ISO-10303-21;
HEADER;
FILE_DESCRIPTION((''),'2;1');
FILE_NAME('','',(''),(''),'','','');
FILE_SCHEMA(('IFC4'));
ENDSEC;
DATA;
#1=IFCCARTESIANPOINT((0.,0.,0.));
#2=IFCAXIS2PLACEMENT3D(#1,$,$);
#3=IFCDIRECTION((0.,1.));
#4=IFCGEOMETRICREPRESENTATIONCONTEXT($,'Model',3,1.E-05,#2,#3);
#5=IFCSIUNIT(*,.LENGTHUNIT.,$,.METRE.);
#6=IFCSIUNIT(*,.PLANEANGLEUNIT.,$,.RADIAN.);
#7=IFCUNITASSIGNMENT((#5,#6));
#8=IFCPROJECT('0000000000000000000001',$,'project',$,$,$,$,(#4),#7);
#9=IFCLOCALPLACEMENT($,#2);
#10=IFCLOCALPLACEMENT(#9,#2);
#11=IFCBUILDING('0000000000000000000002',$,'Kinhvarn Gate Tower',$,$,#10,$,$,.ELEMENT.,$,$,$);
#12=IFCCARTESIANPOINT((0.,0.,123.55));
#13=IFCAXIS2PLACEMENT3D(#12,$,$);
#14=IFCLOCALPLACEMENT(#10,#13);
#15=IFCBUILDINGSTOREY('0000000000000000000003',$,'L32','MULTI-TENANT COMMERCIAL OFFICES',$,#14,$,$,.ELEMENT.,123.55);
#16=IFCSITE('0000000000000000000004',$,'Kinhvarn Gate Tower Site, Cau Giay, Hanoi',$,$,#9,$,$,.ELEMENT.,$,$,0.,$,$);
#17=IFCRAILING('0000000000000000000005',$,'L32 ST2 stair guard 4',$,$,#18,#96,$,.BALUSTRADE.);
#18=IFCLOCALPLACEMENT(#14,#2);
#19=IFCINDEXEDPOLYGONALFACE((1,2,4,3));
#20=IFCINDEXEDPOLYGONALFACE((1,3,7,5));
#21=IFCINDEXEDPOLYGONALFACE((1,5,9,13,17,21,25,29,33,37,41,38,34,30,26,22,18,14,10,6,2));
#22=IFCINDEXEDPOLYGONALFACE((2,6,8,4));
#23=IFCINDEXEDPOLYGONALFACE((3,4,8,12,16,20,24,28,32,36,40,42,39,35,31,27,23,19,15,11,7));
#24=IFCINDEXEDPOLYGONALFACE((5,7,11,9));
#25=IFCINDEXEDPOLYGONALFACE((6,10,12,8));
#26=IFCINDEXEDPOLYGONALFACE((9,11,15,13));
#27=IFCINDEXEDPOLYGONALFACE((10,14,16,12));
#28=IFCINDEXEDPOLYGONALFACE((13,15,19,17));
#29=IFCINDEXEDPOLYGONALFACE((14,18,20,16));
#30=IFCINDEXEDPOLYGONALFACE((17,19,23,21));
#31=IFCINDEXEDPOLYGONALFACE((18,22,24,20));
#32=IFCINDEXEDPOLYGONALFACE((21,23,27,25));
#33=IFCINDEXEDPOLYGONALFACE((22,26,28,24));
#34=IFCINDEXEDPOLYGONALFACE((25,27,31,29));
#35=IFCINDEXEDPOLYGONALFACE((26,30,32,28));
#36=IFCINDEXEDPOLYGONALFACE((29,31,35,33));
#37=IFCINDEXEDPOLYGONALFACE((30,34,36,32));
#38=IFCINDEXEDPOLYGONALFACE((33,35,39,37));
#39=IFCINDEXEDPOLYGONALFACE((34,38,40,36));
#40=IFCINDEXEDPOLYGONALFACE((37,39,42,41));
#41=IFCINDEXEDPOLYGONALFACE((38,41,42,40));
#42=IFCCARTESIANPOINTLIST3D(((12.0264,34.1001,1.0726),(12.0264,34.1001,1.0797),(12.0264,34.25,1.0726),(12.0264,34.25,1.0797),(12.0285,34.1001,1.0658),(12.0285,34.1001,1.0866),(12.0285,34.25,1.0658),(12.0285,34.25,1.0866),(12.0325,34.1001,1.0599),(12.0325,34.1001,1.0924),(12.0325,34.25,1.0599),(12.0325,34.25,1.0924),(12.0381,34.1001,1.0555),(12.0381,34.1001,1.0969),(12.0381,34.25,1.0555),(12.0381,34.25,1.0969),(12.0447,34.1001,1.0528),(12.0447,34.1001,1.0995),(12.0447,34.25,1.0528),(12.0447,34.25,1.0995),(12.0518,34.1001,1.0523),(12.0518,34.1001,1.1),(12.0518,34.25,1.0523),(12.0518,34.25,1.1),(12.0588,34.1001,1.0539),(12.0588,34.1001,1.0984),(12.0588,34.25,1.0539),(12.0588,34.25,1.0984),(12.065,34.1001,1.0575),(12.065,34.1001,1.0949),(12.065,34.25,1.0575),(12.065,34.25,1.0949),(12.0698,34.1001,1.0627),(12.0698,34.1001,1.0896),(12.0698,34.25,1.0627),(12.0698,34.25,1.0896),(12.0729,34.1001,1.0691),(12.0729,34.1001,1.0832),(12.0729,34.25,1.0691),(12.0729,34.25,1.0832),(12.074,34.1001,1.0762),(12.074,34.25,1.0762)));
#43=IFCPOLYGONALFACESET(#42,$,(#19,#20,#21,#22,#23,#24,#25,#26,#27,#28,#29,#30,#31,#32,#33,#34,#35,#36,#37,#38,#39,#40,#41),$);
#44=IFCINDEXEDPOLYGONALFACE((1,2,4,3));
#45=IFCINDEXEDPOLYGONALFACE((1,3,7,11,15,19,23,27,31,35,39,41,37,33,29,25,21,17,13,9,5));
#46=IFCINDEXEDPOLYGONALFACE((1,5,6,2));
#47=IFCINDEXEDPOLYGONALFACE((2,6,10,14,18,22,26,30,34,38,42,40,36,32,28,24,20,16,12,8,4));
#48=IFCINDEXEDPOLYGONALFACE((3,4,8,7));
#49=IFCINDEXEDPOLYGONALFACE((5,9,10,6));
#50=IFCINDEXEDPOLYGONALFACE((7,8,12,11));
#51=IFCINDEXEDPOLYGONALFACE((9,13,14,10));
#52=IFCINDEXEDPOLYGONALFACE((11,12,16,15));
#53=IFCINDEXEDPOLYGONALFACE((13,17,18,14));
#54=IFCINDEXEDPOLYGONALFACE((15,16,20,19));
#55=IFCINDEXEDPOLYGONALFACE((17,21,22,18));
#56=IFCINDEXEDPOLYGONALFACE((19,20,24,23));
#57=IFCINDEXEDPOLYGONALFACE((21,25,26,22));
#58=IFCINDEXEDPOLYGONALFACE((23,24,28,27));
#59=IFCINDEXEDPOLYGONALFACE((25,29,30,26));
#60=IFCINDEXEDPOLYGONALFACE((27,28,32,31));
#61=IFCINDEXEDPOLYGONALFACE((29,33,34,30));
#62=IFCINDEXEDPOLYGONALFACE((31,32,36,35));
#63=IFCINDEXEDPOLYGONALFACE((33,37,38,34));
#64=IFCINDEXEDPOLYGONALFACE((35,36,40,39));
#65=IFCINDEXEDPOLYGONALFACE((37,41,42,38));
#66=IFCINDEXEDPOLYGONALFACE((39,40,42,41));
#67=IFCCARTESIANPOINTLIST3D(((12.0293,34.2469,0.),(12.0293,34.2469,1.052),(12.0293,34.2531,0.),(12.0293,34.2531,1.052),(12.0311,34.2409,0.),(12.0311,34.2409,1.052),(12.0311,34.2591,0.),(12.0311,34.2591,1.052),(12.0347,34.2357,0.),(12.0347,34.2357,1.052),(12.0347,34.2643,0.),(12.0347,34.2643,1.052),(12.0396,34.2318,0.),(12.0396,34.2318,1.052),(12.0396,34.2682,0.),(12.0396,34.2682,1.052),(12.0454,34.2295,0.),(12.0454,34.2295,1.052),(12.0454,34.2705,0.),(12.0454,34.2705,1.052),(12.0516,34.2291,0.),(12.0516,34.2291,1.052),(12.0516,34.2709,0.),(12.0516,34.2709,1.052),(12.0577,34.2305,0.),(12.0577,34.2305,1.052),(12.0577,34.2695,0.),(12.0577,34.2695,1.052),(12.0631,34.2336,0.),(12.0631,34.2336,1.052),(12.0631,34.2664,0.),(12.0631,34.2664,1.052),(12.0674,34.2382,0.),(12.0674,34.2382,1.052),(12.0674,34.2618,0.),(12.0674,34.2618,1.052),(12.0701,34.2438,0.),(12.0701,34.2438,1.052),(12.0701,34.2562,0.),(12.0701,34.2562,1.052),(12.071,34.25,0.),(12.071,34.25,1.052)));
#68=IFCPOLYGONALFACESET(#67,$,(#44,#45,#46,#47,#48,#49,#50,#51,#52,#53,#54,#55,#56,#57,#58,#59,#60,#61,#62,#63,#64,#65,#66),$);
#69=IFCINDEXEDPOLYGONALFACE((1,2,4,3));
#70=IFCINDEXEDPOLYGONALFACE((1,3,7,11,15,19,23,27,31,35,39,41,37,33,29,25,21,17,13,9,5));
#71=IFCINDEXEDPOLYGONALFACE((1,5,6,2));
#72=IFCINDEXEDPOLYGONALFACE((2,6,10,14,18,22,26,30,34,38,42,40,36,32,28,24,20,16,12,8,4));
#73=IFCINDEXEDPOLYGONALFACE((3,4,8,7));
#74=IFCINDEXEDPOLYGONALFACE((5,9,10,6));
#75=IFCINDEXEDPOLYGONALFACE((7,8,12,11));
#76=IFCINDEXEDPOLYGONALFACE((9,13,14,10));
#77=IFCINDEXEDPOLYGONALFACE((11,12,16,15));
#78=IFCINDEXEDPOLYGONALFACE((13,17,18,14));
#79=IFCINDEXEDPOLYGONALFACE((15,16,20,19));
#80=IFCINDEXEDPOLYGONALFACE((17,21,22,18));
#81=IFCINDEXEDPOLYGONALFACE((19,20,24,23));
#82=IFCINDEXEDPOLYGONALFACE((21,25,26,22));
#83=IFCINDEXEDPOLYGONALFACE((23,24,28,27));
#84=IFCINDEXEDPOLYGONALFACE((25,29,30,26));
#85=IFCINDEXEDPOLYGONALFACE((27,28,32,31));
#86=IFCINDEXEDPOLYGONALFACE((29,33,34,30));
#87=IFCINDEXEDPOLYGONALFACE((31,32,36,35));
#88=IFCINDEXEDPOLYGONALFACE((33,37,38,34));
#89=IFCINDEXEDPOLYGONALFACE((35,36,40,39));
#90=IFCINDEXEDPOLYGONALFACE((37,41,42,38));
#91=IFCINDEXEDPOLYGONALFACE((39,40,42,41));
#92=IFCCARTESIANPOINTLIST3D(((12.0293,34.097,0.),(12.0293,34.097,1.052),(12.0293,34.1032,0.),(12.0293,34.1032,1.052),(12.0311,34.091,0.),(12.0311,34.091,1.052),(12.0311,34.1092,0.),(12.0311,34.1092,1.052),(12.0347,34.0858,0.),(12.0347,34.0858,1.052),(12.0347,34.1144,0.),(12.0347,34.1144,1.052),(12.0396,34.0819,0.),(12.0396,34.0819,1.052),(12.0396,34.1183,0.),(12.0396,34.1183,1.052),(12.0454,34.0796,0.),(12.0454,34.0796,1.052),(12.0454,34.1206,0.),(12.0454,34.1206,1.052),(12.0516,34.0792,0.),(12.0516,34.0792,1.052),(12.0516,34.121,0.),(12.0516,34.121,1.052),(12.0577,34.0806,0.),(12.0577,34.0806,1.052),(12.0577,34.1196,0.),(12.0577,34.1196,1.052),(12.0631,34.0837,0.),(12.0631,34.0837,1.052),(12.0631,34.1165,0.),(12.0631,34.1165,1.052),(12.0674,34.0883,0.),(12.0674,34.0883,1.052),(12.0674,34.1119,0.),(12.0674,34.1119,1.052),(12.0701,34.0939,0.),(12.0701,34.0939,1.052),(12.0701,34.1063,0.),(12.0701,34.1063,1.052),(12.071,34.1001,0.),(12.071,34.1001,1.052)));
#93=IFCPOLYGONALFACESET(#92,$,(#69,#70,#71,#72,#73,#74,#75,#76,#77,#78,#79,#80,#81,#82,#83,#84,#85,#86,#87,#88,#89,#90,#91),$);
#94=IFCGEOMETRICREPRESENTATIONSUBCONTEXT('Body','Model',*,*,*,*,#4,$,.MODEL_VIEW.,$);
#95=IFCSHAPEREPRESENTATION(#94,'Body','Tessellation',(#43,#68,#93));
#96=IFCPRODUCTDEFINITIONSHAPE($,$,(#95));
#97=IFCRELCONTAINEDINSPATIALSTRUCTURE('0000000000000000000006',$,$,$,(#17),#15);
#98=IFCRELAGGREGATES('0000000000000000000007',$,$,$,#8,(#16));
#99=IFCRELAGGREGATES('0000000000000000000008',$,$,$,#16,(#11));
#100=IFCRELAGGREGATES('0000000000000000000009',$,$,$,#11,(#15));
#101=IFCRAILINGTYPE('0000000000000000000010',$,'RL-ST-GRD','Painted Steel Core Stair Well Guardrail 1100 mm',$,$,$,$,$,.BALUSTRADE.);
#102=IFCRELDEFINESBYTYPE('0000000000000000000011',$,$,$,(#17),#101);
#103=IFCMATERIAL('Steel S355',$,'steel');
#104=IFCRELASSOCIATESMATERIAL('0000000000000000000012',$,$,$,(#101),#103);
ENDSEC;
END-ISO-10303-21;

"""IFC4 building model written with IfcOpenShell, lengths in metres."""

from ifc_helpers import new_model, si_unit, direction, frame, origin, origin_2d, place, context, subcontext, project, spatial, circle, extrude, material, type_object, element, save


model = new_model("IFC4")

# Units and contexts
model_context = context("Model", 3, precision=1e-05, world=origin(), true_north=direction((0.0, 1.0)))
body_context = subcontext(model_context, "Body", "Model", "MODEL_VIEW")
ifc_project = project(units=[si_unit("LENGTHUNIT", "METRE"), si_unit("PLANEANGLEUNIT", "RADIAN")], contexts=[model_context])

# Site, building, storey
site_placement = place(None, origin())
site = spatial("IfcSite", under=ifc_project, at=site_placement, Name="Kinhvarn Gate Tower Site, Cau Giay, Hanoi", CompositionType="ELEMENT", RefElevation=0.0)
building_placement = place(site_placement, origin())
building = spatial("IfcBuilding", under=site, at=building_placement, Name="Kinhvarn Gate Tower", CompositionType="ELEMENT")
storey_placement = place(building_placement, frame((0.0, 0.0, 123.55)))
storey = spatial("IfcBuildingStorey", under=building, at=storey_placement, Name="L32", Description="MULTI-TENANT COMMERCIAL OFFICES", CompositionType="ELEMENT", Elevation=123.55)

# Shared definitions
ifc_material_1 = material(Name="Steel S355", Category="steel")

# Railing
railing_type_1 = type_object("IfcRailingType", Name="RL-ST-GRD", Description="Painted Steel Core Stair Well Guardrail 1100 mm", PredefinedType="BALUSTRADE", material=ifc_material_1)
railing_1_placement = place(storey_placement, frame((12.05, 34.25, 0.0)))
element("IfcRailing", 1, at=railing_1_placement, inside=storey, type_object=railing_type_1, Name="L32 ST2 stair guard 4", PredefinedType="BALUSTRADE", context=body_context, shape_type="SweptSolid", body=[
    extrude(circle(Radius=0.0239, at=origin_2d()), frame((0.0, 0.0, 1.0762), z_axis=(0.0, -1.0, 0.0), x_axis=(1.0, 0.0, 0.0)), (0.0, 0.0, 1.0), 0.1499),
    extrude(circle(Radius=0.021, at=origin_2d()), origin(), (0.0, 0.0, 1.0), 1.052),
    extrude(circle(Radius=0.021, at=origin_2d()), frame((0.0, -0.1499, 0.0)), (0.0, 0.0, 1.0), 1.052),
])

save(model, "model.ifc")
